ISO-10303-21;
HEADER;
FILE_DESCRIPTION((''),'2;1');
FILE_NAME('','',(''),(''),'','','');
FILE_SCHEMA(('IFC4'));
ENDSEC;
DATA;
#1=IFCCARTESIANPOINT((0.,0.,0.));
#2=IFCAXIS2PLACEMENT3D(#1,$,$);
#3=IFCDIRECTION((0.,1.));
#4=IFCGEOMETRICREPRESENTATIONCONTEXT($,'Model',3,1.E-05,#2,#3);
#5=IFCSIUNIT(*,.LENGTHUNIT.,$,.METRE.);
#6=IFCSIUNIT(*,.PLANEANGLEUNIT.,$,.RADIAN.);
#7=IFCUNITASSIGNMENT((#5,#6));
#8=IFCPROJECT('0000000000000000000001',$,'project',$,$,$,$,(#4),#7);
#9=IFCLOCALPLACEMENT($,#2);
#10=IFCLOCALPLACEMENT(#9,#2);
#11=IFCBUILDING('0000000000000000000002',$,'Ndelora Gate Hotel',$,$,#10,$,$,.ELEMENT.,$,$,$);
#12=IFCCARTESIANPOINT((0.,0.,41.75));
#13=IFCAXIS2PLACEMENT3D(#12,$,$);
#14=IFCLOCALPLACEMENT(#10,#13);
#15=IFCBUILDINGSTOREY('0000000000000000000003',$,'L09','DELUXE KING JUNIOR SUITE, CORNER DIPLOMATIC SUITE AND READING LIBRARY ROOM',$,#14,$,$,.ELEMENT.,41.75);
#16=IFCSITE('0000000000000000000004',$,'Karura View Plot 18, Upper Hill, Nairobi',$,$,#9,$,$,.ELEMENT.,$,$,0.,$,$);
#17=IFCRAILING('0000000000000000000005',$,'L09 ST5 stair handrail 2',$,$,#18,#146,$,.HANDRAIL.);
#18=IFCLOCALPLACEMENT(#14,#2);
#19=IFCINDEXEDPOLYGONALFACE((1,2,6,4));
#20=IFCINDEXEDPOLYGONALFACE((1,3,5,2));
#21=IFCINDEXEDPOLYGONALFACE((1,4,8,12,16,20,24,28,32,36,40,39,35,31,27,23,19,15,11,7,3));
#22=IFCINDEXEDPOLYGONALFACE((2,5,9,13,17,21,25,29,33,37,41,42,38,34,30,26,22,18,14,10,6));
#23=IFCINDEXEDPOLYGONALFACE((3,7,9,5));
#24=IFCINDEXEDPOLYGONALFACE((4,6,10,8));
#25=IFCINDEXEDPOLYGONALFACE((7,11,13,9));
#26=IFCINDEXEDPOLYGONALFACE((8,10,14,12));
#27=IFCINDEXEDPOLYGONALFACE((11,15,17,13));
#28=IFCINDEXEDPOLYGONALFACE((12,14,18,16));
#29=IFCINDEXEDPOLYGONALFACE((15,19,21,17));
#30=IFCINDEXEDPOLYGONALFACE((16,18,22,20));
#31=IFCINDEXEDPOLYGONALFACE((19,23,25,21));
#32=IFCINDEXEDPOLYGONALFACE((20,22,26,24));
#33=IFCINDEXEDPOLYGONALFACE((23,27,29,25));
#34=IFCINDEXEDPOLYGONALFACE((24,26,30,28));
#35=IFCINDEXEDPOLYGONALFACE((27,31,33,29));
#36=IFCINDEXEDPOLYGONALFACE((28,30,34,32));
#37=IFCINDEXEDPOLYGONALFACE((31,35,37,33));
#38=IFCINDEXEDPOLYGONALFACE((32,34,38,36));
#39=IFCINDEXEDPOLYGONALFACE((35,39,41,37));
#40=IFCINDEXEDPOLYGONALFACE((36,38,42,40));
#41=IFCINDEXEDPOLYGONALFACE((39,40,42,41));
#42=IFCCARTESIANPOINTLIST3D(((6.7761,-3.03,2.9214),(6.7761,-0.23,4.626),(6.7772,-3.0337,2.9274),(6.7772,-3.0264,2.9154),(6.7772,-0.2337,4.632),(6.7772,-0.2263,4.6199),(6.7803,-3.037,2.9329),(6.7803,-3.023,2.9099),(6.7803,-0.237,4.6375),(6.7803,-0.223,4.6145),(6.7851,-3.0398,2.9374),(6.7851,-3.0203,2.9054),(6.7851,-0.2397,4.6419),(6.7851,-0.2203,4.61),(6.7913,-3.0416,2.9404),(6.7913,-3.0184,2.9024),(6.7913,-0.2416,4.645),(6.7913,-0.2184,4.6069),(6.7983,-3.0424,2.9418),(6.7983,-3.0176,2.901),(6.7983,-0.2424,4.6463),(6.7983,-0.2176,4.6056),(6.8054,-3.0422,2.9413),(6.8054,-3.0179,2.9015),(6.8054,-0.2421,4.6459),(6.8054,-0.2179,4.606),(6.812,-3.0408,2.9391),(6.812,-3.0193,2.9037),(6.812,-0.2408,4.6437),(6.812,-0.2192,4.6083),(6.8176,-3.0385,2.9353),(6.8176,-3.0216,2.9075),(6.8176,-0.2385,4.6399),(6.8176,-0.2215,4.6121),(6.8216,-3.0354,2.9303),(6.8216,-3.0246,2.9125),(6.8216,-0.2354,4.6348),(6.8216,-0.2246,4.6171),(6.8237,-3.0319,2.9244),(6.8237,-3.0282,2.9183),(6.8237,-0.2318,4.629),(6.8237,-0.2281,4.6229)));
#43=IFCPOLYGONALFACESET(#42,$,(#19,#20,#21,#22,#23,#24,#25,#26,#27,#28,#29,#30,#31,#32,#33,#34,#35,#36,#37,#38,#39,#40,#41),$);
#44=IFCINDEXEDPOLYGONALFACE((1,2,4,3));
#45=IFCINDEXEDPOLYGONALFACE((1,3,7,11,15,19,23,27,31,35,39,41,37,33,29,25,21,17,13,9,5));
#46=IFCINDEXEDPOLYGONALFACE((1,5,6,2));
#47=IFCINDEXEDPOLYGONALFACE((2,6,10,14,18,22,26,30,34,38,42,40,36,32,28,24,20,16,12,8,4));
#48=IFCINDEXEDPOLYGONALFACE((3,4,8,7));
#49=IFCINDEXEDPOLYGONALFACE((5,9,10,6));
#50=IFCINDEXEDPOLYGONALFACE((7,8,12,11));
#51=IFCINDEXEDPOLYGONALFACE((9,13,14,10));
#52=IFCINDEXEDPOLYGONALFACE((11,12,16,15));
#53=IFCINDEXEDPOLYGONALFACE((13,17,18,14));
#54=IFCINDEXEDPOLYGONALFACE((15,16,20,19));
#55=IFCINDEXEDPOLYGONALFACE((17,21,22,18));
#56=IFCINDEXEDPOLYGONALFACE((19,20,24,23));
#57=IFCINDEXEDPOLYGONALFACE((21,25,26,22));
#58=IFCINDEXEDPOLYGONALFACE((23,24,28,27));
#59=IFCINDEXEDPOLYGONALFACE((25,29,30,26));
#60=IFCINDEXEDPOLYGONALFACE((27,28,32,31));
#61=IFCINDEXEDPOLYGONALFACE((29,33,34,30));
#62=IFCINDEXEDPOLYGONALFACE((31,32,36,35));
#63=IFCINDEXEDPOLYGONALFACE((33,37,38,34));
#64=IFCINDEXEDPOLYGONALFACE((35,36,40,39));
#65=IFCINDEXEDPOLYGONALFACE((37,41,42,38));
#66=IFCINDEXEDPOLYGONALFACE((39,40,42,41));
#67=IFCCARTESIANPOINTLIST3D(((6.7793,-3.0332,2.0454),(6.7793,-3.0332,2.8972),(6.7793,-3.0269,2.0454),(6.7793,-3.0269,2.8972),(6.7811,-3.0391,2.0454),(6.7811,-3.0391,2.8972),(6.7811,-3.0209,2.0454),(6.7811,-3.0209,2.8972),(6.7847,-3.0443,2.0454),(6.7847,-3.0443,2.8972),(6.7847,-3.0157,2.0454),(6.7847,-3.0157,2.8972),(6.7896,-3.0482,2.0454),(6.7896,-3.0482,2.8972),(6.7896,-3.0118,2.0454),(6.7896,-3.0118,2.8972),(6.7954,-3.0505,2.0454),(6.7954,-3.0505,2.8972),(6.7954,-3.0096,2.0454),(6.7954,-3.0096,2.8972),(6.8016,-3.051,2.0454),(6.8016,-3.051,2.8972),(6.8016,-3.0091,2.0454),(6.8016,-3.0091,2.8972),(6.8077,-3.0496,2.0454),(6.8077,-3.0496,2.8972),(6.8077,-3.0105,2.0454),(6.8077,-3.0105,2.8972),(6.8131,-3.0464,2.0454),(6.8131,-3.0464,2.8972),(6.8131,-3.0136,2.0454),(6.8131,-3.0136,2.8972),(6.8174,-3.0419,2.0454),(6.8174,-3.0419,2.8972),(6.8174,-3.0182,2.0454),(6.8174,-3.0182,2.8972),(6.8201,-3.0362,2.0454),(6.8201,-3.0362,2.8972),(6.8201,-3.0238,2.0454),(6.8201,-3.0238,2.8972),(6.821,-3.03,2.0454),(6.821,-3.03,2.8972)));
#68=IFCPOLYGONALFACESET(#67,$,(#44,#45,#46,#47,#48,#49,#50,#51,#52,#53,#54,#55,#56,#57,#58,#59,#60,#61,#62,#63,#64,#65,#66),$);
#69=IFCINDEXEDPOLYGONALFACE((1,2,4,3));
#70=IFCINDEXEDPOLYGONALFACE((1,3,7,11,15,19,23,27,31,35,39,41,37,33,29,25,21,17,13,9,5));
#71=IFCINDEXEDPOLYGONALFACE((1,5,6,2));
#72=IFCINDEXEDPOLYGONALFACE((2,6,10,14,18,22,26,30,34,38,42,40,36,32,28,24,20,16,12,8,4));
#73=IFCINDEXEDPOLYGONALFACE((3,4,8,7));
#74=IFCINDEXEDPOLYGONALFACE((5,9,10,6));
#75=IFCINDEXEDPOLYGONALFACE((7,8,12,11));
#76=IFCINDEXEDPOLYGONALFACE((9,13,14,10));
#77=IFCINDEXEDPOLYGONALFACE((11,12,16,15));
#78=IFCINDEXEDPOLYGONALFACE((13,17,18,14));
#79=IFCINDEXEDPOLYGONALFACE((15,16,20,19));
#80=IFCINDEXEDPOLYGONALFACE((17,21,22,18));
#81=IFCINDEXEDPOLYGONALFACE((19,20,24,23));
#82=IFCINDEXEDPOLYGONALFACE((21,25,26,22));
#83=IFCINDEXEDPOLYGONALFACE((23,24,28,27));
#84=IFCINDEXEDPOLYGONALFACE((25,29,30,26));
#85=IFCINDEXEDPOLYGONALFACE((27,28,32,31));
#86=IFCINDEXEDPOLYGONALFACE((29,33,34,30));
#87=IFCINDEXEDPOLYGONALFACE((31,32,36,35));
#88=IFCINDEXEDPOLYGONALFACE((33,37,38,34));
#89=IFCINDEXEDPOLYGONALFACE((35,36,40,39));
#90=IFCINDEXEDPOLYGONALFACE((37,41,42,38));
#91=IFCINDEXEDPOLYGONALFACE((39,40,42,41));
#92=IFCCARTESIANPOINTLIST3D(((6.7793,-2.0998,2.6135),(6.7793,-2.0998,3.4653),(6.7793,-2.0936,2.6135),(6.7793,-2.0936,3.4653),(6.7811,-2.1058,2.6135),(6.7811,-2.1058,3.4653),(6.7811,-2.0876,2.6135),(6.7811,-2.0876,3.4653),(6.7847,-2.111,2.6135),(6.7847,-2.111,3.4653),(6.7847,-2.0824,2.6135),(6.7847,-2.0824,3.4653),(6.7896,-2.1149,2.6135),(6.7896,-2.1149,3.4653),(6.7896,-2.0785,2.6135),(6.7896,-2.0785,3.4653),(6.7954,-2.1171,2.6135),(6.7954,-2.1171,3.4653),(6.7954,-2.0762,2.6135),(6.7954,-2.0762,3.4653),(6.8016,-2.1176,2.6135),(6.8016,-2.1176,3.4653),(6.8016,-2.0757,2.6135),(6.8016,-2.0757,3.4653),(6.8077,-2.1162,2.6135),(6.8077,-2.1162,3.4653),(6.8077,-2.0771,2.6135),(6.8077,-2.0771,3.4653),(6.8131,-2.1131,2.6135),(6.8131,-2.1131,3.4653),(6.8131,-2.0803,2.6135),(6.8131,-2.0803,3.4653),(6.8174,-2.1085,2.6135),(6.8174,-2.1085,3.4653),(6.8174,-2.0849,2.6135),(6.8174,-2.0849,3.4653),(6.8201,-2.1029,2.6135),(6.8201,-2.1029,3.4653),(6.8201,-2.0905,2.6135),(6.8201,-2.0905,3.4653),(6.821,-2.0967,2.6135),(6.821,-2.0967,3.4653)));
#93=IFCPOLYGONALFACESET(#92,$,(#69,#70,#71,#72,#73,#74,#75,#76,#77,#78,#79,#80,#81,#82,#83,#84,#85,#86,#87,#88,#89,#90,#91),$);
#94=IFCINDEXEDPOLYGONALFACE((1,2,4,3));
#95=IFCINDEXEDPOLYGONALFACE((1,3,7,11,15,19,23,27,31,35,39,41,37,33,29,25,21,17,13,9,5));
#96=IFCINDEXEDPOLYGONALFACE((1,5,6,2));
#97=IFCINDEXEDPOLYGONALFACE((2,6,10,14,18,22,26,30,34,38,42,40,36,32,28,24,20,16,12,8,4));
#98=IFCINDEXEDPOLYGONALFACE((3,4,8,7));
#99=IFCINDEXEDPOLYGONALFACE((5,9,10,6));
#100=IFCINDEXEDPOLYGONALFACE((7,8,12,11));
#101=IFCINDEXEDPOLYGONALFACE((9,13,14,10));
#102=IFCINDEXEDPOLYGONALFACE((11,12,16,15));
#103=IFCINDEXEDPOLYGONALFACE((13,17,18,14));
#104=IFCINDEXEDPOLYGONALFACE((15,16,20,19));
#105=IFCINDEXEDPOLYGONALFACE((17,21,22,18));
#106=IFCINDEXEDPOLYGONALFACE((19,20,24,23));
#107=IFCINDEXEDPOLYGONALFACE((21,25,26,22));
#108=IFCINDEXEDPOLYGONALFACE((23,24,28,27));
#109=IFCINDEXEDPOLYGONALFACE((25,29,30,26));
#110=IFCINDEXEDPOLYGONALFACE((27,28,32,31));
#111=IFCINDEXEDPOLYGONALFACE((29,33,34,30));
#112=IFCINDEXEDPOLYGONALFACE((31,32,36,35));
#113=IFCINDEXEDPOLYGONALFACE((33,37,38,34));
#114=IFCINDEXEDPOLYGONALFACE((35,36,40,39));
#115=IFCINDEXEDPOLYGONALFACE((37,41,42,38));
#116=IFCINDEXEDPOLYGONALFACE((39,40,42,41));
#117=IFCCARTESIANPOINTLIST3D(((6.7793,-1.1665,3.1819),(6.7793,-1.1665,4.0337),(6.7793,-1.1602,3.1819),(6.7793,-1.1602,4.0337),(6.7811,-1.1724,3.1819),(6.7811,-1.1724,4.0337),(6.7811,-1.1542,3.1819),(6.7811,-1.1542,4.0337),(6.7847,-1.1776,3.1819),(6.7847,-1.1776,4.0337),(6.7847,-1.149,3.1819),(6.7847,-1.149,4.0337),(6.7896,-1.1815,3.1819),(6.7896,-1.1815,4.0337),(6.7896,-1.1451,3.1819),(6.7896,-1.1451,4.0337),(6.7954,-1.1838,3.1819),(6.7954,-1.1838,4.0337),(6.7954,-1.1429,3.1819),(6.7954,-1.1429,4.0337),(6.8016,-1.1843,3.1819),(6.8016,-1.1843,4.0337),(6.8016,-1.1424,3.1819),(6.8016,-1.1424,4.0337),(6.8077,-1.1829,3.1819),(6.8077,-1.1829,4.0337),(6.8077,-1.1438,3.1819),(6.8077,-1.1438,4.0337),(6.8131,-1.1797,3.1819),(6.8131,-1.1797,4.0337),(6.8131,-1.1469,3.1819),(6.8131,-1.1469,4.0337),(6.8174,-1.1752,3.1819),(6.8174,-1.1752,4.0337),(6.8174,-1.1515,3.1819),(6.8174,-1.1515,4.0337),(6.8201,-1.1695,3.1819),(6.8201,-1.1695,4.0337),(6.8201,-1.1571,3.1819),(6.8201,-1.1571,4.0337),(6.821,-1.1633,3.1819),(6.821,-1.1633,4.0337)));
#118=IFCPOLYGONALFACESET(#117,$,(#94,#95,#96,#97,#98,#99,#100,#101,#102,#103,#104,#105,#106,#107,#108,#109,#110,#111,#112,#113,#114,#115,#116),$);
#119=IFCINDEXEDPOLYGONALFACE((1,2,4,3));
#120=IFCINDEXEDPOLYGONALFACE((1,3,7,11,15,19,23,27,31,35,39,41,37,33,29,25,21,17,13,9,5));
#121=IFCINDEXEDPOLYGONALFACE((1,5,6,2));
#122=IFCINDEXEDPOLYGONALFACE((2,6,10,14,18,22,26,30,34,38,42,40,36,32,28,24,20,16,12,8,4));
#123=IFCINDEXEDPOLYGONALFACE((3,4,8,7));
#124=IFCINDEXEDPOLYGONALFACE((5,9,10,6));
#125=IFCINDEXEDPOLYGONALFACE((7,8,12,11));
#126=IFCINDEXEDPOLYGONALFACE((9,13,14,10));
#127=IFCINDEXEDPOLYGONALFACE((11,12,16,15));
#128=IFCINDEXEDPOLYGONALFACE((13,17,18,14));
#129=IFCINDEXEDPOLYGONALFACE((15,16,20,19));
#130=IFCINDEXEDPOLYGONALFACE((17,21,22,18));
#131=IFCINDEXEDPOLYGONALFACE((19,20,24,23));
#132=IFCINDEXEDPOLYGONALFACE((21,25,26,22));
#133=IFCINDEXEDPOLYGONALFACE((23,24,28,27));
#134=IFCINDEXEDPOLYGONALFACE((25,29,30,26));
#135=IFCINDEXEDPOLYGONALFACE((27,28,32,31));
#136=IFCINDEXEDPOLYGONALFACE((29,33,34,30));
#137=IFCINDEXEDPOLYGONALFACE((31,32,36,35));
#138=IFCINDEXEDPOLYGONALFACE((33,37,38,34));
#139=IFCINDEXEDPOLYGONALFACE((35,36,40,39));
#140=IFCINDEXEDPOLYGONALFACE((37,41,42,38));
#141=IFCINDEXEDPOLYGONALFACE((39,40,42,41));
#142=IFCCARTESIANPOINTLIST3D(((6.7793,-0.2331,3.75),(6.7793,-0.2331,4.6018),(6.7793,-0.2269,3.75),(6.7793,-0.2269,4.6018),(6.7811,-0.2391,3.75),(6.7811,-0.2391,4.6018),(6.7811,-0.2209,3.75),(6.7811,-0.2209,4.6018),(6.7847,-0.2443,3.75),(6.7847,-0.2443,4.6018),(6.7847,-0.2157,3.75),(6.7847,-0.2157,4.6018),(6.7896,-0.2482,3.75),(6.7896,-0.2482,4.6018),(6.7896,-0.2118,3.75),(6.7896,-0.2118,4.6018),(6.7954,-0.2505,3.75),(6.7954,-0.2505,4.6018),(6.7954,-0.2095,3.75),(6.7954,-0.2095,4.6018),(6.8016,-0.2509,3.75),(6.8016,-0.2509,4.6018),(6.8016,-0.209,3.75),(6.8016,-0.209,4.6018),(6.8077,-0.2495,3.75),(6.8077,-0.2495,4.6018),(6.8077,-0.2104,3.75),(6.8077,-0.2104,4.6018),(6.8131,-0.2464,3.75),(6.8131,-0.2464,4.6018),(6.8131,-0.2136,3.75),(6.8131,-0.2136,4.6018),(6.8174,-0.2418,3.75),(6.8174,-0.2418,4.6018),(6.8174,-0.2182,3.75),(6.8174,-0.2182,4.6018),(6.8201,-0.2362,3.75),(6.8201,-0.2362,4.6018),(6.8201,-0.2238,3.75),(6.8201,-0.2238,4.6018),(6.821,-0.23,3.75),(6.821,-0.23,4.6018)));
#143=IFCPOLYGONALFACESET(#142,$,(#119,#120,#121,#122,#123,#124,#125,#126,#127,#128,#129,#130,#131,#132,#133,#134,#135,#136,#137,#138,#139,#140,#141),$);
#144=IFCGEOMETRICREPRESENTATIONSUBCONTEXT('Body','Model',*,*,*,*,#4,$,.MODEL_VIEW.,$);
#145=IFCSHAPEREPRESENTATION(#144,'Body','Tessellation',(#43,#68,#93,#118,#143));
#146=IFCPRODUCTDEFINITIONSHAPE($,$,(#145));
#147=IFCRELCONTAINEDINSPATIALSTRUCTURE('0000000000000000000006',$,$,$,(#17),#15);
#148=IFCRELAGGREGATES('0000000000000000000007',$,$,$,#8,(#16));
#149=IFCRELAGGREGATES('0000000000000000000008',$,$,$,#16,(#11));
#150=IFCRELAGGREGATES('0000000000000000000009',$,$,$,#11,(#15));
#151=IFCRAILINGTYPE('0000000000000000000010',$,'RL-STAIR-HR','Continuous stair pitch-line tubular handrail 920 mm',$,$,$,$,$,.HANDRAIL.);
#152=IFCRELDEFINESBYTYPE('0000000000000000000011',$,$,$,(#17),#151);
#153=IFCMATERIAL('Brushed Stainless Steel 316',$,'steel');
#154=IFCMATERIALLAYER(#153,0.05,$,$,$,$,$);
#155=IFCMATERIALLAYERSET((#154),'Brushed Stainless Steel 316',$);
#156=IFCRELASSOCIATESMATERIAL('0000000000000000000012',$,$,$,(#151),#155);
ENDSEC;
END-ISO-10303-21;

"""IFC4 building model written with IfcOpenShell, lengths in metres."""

from ifc_helpers import new_model, si_unit, direction, frame, origin, origin_2d, place, context, subcontext, project, spatial, circle, extrude, material, layer, layer_set, type_object, element, save


model = new_model("IFC4")

# Units and contexts
model_context = context("Model", 3, precision=1e-05, world=origin(), true_north=direction((0.0, 1.0)))
body_context = subcontext(model_context, "Body", "Model", "MODEL_VIEW")
ifc_project = project(units=[si_unit("LENGTHUNIT", "METRE"), si_unit("PLANEANGLEUNIT", "RADIAN")], contexts=[model_context])

# Site, building, storey
site_placement = place(None, origin())
site = spatial("IfcSite", under=ifc_project, at=site_placement, Name="Karura View Plot 18, Upper Hill, Nairobi", CompositionType="ELEMENT", RefElevation=0.0)
building_placement = place(site_placement, origin())
building = spatial("IfcBuilding", under=site, at=building_placement, Name="Ndelora Gate Hotel", CompositionType="ELEMENT")
storey_placement = place(building_placement, frame((0.0, 0.0, 41.75)))
storey = spatial("IfcBuildingStorey", under=building, at=storey_placement, Name="L09", Description="DELUXE KING JUNIOR SUITE, CORNER DIPLOMATIC SUITE AND READING LIBRARY ROOM", CompositionType="ELEMENT", Elevation=41.75)

# Railing
ifc_material_1 = material(Name="Brushed Stainless Steel 316", Category="steel")
ifc_layer_1 = layer(ifc_material_1, 0.05)
ifc_layer_set_1 = layer_set([ifc_layer_1], Name="Brushed Stainless Steel 316")
railing_type_1 = type_object("IfcRailingType", Name="RL-STAIR-HR", Description="Continuous stair pitch-line tubular handrail 920 mm", PredefinedType="HANDRAIL", material=ifc_layer_set_1)
railing_1_placement = place(storey_placement, frame((6.8, -3.03, 2.0454)))
element("IfcRailing", 1, at=railing_1_placement, inside=storey, type_object=railing_type_1, Name="L09 ST5 stair handrail 2", PredefinedType="HANDRAIL", context=body_context, shape_type="SweptSolid", body=[
    extrude(circle(Radius=0.0239, at=origin_2d()), frame((0.0, 0.0, 0.876), z_axis=(0.0, 0.85417, 0.519994), x_axis=(-1.0, 0.0, 0.0)), (0.0, 0.0, 1.0), 3.2781),
    extrude(circle(Radius=0.021, at=origin_2d()), origin(), (0.0, 0.0, 1.0), 0.8518),
    extrude(circle(Radius=0.021, at=origin_2d()), frame((0.0, 0.9333, 0.5681)), (0.0, 0.0, 1.0), 0.8518),
    extrude(circle(Radius=0.021, at=origin_2d()), frame((0.0, 1.8667, 1.1365)), (0.0, 0.0, 1.0), 0.8518),
    extrude(circle(Radius=0.021, at=origin_2d()), frame((0.0, 2.8, 1.7046)), (0.0, 0.0, 1.0), 0.8518),
])

save(model, "model.ifc")
